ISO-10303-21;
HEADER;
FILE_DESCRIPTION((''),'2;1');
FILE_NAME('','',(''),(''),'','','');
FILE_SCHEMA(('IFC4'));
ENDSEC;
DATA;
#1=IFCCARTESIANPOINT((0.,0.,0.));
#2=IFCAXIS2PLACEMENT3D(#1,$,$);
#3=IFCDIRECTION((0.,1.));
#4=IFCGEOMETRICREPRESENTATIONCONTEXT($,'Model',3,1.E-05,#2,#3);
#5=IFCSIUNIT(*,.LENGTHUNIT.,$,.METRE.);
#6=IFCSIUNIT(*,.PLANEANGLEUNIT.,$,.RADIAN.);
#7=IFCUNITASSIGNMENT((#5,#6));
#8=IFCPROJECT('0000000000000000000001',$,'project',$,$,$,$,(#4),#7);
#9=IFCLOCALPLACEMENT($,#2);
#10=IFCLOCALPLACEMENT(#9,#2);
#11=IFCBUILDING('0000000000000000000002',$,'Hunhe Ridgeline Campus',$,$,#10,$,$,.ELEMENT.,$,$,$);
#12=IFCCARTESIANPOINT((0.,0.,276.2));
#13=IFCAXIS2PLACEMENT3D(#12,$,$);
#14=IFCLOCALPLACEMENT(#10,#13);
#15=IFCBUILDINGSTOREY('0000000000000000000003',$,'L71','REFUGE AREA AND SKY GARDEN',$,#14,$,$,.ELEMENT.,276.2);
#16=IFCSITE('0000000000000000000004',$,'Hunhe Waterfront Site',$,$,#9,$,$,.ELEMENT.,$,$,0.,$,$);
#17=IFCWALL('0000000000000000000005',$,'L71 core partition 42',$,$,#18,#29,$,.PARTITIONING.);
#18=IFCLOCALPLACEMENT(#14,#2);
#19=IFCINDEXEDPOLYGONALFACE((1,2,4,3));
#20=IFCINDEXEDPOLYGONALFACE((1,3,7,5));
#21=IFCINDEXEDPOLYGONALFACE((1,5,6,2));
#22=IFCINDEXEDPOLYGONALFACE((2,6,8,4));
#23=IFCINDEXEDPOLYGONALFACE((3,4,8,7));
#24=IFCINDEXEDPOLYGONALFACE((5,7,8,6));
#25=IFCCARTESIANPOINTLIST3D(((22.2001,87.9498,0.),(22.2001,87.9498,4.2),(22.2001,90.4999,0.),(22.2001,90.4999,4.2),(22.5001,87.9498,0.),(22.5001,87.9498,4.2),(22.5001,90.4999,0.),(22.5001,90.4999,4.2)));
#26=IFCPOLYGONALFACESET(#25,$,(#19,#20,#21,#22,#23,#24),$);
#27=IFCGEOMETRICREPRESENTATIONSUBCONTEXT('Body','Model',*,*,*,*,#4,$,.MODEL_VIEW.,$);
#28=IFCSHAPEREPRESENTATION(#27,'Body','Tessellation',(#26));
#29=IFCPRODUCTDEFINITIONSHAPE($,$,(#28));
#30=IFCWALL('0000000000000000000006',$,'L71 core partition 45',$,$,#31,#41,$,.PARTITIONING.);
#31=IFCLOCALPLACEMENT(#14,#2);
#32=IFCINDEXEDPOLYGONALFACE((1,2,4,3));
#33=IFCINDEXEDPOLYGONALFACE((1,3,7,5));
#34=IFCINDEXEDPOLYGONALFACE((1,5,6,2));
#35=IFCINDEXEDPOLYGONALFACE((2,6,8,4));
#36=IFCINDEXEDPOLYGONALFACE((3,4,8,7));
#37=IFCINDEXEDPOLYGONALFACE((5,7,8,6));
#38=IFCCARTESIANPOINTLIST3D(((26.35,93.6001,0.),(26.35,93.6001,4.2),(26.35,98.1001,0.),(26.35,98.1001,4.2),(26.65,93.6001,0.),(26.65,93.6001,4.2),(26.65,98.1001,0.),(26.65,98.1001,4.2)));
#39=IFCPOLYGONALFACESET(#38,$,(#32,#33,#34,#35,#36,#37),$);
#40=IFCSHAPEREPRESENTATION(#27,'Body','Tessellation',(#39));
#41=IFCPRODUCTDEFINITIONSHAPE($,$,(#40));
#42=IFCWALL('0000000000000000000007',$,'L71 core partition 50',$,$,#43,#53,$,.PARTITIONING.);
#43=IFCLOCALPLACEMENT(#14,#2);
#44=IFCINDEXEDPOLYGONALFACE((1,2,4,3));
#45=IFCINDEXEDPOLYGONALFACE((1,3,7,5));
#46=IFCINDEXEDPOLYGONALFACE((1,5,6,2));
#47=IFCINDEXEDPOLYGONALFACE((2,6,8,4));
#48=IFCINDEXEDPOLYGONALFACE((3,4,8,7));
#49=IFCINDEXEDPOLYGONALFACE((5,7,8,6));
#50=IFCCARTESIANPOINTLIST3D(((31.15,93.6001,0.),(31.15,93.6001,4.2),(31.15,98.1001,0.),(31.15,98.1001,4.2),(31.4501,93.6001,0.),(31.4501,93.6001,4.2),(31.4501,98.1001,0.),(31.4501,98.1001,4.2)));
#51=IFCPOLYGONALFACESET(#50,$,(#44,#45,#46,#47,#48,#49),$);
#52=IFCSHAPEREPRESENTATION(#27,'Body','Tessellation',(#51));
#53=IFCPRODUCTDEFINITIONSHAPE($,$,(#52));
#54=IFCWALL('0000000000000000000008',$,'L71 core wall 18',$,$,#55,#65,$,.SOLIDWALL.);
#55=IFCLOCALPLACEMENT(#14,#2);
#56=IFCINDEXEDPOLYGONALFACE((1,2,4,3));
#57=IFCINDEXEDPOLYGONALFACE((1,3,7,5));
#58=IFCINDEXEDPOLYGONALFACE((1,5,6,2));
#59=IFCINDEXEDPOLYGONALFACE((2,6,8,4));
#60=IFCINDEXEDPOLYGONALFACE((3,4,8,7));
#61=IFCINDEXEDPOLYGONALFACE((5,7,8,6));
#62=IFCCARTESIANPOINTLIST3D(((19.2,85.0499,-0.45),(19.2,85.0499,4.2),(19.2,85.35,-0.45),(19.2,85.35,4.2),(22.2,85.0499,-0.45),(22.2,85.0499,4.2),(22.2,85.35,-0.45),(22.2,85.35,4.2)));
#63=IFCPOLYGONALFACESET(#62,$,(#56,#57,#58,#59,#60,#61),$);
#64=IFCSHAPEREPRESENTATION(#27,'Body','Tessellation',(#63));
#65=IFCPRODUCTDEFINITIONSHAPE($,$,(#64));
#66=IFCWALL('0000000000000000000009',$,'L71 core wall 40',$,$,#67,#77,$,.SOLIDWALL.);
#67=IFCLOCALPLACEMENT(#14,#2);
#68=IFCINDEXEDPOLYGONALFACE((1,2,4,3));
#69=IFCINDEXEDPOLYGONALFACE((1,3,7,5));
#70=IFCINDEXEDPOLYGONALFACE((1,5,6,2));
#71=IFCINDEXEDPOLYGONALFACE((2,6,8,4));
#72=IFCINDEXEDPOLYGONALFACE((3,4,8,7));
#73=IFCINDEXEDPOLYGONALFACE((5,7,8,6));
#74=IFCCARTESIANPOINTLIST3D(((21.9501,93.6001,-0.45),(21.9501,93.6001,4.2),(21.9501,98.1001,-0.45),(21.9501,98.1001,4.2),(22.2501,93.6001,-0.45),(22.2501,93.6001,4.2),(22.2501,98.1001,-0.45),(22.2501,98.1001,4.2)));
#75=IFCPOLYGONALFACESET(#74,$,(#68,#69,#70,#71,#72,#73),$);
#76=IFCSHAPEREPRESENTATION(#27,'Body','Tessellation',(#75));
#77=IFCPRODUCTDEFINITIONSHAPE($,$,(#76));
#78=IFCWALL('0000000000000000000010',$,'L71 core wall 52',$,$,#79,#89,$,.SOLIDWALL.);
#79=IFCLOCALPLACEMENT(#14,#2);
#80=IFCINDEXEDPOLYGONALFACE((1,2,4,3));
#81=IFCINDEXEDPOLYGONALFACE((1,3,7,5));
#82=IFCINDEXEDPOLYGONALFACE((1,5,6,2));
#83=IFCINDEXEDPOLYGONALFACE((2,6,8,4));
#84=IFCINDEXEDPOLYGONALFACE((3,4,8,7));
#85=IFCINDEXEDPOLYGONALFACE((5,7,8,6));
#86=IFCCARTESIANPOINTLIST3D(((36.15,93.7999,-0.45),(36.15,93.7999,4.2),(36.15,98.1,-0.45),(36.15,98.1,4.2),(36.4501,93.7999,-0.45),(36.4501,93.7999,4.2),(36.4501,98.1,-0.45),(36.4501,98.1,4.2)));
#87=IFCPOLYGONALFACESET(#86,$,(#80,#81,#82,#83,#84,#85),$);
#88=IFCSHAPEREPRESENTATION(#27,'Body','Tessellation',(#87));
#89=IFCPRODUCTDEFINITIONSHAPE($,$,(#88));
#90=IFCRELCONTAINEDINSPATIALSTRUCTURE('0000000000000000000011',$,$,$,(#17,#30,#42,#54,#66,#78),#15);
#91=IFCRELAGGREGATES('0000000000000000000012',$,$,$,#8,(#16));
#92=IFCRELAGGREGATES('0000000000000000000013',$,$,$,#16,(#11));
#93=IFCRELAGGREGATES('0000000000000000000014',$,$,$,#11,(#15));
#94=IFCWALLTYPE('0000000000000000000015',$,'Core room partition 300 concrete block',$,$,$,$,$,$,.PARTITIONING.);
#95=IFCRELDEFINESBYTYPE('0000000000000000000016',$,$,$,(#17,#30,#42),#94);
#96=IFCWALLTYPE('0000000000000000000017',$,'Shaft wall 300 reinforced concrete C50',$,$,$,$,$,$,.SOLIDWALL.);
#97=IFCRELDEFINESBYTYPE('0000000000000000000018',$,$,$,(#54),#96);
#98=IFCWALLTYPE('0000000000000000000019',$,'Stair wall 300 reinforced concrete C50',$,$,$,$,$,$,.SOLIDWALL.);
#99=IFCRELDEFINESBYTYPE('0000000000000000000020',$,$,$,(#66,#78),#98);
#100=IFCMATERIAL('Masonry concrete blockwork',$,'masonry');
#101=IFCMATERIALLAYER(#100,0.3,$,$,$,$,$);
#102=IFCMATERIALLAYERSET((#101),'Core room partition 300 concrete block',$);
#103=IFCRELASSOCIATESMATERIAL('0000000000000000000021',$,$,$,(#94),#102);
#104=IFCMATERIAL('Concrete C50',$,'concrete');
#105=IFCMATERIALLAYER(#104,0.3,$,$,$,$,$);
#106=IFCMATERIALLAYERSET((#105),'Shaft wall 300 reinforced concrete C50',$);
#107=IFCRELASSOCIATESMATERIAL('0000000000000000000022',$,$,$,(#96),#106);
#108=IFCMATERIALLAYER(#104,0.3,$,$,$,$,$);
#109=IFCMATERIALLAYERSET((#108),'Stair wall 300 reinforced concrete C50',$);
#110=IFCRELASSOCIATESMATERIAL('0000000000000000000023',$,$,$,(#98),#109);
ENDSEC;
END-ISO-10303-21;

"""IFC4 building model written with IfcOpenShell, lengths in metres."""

from ifc_helpers import new_model, si_unit, direction, frame, frame_2d, origin, place, context, subcontext, project, spatial, rectangle, extrude, material, layer, layer_set, type_object, element, save


model = new_model("IFC4")

# Units and contexts
model_context = context("Model", 3, precision=1e-05, world=origin(), true_north=direction((0.0, 1.0)))
body_context = subcontext(model_context, "Body", "Model", "MODEL_VIEW")
ifc_project = project(units=[si_unit("LENGTHUNIT", "METRE"), si_unit("PLANEANGLEUNIT", "RADIAN")], contexts=[model_context])

# Site, building, storey
site_placement = place(None, origin())
site = spatial("IfcSite", under=ifc_project, at=site_placement, Name="Hunhe Waterfront Site", CompositionType="ELEMENT", RefElevation=0.0)
building_placement = place(site_placement, origin())
building = spatial("IfcBuilding", under=site, at=building_placement, Name="Hunhe Ridgeline Campus", CompositionType="ELEMENT")
storey_placement = place(building_placement, frame((0.0, 0.0, 276.2)))
storey = spatial("IfcBuildingStorey", under=building, at=storey_placement, Name="L71", Description="REFUGE AREA AND SKY GARDEN", CompositionType="ELEMENT", Elevation=276.2)

# Walls
ifc_material_1 = material(Name="Masonry concrete blockwork", Category="masonry")
ifc_layer_1 = layer(ifc_material_1, 0.3)
ifc_layer_set_1 = layer_set([ifc_layer_1], Name="Core room partition 300 concrete block")
wall_type_1 = type_object("IfcWallType", Name="Core room partition 300 concrete block", PredefinedType="PARTITIONING", material=ifc_layer_set_1)
wall_1_placement = place(storey_placement, frame((22.3501, 87.95, 0.0), z_axis=(0.0, 0.0, 1.0), x_axis=(0.0, 1.0, 0.0)))
element("IfcWall", 1, at=wall_1_placement, inside=storey, type_object=wall_type_1, Name="L71 core partition 42", PredefinedType="PARTITIONING", context=body_context, shape_type="SweptSolid", body=[
    extrude(rectangle(XDim=2.55, YDim=0.3, at=frame_2d((1.2749, 0.0))), origin(), (0.0, 0.0, 1.0), 4.2),
])
for number, where, z_axis, x_axis, name in (
    (2, (26.5, 93.6001, 0.0), (0.0, 0.0, 1.0), (0.0, 1.0, 0.0), "L71 core partition 45"),
    (3, (31.3, 93.6001, 0.0), (0.0, 0.0, 1.0), (0.0, 1.0, 0.0), "L71 core partition 50"),
):
    element("IfcWall", number, at=place(storey_placement, frame(where, z_axis=z_axis, x_axis=x_axis)), inside=storey, type_object=wall_type_1, Name=name, PredefinedType="PARTITIONING", context=body_context, shape_type="SweptSolid", body=[
        extrude(rectangle(XDim=4.5, YDim=0.3, at=frame_2d((2.25, 0.0))), origin(), (0.0, 0.0, 1.0), 4.2),
    ])

# Wall
ifc_material_2 = material(Name="Concrete C50", Category="concrete")
ifc_layer_2 = layer(ifc_material_2, 0.3)
ifc_layer_set_2 = layer_set([ifc_layer_2], Name="Shaft wall 300 reinforced concrete C50")
wall_type_2 = type_object("IfcWallType", Name="Shaft wall 300 reinforced concrete C50", PredefinedType="SOLIDWALL", material=ifc_layer_set_2)
wall_2_placement = place(storey_placement, frame((19.2, 85.2, -0.45), z_axis=(0.0, 0.0, 1.0), x_axis=(1.0, 0.0, 0.0)))
element("IfcWall", 4, at=wall_2_placement, inside=storey, type_object=wall_type_2, Name="L71 core wall 18", PredefinedType="SOLIDWALL", context=body_context, shape_type="SweptSolid", body=[
    extrude(rectangle(XDim=3.0, YDim=0.3, at=frame_2d((1.5, 0.0))), origin(), (0.0, 0.0, 1.0), 4.6499),
])

# Shared definitions
ifc_layer_3 = layer(ifc_material_2, 0.3)
ifc_layer_set_3 = layer_set([ifc_layer_3], Name="Stair wall 300 reinforced concrete C50")
wall_type_3 = type_object("IfcWallType", Name="Stair wall 300 reinforced concrete C50", PredefinedType="SOLIDWALL", material=ifc_layer_set_3)

# Walls
wall_3_placement = place(storey_placement, frame((22.1001, 93.6001, -0.45), z_axis=(0.0, 0.0, 1.0), x_axis=(0.0, 1.0, 0.0)))
element("IfcWall", 5, at=wall_3_placement, inside=storey, type_object=wall_type_3, Name="L71 core wall 40", PredefinedType="SOLIDWALL", context=body_context, shape_type="SweptSolid", body=[
    extrude(rectangle(XDim=4.5, YDim=0.3, at=frame_2d((2.25, 0.0))), origin(), (0.0, 0.0, 1.0), 4.6499),
])
wall_4_placement = place(storey_placement, frame((36.3, 93.8, -0.45), z_axis=(0.0, 0.0, 1.0), x_axis=(0.0, 1.0, 0.0)))
element("IfcWall", 6, at=wall_4_placement, inside=storey, type_object=wall_type_3, Name="L71 core wall 52", PredefinedType="SOLIDWALL", context=body_context, shape_type="SweptSolid", body=[
    extrude(rectangle(XDim=4.3, YDim=0.3, at=frame_2d((2.1499, 0.0))), origin(), (0.0, 0.0, 1.0), 4.6499),
])

save(model, "model.ifc")
